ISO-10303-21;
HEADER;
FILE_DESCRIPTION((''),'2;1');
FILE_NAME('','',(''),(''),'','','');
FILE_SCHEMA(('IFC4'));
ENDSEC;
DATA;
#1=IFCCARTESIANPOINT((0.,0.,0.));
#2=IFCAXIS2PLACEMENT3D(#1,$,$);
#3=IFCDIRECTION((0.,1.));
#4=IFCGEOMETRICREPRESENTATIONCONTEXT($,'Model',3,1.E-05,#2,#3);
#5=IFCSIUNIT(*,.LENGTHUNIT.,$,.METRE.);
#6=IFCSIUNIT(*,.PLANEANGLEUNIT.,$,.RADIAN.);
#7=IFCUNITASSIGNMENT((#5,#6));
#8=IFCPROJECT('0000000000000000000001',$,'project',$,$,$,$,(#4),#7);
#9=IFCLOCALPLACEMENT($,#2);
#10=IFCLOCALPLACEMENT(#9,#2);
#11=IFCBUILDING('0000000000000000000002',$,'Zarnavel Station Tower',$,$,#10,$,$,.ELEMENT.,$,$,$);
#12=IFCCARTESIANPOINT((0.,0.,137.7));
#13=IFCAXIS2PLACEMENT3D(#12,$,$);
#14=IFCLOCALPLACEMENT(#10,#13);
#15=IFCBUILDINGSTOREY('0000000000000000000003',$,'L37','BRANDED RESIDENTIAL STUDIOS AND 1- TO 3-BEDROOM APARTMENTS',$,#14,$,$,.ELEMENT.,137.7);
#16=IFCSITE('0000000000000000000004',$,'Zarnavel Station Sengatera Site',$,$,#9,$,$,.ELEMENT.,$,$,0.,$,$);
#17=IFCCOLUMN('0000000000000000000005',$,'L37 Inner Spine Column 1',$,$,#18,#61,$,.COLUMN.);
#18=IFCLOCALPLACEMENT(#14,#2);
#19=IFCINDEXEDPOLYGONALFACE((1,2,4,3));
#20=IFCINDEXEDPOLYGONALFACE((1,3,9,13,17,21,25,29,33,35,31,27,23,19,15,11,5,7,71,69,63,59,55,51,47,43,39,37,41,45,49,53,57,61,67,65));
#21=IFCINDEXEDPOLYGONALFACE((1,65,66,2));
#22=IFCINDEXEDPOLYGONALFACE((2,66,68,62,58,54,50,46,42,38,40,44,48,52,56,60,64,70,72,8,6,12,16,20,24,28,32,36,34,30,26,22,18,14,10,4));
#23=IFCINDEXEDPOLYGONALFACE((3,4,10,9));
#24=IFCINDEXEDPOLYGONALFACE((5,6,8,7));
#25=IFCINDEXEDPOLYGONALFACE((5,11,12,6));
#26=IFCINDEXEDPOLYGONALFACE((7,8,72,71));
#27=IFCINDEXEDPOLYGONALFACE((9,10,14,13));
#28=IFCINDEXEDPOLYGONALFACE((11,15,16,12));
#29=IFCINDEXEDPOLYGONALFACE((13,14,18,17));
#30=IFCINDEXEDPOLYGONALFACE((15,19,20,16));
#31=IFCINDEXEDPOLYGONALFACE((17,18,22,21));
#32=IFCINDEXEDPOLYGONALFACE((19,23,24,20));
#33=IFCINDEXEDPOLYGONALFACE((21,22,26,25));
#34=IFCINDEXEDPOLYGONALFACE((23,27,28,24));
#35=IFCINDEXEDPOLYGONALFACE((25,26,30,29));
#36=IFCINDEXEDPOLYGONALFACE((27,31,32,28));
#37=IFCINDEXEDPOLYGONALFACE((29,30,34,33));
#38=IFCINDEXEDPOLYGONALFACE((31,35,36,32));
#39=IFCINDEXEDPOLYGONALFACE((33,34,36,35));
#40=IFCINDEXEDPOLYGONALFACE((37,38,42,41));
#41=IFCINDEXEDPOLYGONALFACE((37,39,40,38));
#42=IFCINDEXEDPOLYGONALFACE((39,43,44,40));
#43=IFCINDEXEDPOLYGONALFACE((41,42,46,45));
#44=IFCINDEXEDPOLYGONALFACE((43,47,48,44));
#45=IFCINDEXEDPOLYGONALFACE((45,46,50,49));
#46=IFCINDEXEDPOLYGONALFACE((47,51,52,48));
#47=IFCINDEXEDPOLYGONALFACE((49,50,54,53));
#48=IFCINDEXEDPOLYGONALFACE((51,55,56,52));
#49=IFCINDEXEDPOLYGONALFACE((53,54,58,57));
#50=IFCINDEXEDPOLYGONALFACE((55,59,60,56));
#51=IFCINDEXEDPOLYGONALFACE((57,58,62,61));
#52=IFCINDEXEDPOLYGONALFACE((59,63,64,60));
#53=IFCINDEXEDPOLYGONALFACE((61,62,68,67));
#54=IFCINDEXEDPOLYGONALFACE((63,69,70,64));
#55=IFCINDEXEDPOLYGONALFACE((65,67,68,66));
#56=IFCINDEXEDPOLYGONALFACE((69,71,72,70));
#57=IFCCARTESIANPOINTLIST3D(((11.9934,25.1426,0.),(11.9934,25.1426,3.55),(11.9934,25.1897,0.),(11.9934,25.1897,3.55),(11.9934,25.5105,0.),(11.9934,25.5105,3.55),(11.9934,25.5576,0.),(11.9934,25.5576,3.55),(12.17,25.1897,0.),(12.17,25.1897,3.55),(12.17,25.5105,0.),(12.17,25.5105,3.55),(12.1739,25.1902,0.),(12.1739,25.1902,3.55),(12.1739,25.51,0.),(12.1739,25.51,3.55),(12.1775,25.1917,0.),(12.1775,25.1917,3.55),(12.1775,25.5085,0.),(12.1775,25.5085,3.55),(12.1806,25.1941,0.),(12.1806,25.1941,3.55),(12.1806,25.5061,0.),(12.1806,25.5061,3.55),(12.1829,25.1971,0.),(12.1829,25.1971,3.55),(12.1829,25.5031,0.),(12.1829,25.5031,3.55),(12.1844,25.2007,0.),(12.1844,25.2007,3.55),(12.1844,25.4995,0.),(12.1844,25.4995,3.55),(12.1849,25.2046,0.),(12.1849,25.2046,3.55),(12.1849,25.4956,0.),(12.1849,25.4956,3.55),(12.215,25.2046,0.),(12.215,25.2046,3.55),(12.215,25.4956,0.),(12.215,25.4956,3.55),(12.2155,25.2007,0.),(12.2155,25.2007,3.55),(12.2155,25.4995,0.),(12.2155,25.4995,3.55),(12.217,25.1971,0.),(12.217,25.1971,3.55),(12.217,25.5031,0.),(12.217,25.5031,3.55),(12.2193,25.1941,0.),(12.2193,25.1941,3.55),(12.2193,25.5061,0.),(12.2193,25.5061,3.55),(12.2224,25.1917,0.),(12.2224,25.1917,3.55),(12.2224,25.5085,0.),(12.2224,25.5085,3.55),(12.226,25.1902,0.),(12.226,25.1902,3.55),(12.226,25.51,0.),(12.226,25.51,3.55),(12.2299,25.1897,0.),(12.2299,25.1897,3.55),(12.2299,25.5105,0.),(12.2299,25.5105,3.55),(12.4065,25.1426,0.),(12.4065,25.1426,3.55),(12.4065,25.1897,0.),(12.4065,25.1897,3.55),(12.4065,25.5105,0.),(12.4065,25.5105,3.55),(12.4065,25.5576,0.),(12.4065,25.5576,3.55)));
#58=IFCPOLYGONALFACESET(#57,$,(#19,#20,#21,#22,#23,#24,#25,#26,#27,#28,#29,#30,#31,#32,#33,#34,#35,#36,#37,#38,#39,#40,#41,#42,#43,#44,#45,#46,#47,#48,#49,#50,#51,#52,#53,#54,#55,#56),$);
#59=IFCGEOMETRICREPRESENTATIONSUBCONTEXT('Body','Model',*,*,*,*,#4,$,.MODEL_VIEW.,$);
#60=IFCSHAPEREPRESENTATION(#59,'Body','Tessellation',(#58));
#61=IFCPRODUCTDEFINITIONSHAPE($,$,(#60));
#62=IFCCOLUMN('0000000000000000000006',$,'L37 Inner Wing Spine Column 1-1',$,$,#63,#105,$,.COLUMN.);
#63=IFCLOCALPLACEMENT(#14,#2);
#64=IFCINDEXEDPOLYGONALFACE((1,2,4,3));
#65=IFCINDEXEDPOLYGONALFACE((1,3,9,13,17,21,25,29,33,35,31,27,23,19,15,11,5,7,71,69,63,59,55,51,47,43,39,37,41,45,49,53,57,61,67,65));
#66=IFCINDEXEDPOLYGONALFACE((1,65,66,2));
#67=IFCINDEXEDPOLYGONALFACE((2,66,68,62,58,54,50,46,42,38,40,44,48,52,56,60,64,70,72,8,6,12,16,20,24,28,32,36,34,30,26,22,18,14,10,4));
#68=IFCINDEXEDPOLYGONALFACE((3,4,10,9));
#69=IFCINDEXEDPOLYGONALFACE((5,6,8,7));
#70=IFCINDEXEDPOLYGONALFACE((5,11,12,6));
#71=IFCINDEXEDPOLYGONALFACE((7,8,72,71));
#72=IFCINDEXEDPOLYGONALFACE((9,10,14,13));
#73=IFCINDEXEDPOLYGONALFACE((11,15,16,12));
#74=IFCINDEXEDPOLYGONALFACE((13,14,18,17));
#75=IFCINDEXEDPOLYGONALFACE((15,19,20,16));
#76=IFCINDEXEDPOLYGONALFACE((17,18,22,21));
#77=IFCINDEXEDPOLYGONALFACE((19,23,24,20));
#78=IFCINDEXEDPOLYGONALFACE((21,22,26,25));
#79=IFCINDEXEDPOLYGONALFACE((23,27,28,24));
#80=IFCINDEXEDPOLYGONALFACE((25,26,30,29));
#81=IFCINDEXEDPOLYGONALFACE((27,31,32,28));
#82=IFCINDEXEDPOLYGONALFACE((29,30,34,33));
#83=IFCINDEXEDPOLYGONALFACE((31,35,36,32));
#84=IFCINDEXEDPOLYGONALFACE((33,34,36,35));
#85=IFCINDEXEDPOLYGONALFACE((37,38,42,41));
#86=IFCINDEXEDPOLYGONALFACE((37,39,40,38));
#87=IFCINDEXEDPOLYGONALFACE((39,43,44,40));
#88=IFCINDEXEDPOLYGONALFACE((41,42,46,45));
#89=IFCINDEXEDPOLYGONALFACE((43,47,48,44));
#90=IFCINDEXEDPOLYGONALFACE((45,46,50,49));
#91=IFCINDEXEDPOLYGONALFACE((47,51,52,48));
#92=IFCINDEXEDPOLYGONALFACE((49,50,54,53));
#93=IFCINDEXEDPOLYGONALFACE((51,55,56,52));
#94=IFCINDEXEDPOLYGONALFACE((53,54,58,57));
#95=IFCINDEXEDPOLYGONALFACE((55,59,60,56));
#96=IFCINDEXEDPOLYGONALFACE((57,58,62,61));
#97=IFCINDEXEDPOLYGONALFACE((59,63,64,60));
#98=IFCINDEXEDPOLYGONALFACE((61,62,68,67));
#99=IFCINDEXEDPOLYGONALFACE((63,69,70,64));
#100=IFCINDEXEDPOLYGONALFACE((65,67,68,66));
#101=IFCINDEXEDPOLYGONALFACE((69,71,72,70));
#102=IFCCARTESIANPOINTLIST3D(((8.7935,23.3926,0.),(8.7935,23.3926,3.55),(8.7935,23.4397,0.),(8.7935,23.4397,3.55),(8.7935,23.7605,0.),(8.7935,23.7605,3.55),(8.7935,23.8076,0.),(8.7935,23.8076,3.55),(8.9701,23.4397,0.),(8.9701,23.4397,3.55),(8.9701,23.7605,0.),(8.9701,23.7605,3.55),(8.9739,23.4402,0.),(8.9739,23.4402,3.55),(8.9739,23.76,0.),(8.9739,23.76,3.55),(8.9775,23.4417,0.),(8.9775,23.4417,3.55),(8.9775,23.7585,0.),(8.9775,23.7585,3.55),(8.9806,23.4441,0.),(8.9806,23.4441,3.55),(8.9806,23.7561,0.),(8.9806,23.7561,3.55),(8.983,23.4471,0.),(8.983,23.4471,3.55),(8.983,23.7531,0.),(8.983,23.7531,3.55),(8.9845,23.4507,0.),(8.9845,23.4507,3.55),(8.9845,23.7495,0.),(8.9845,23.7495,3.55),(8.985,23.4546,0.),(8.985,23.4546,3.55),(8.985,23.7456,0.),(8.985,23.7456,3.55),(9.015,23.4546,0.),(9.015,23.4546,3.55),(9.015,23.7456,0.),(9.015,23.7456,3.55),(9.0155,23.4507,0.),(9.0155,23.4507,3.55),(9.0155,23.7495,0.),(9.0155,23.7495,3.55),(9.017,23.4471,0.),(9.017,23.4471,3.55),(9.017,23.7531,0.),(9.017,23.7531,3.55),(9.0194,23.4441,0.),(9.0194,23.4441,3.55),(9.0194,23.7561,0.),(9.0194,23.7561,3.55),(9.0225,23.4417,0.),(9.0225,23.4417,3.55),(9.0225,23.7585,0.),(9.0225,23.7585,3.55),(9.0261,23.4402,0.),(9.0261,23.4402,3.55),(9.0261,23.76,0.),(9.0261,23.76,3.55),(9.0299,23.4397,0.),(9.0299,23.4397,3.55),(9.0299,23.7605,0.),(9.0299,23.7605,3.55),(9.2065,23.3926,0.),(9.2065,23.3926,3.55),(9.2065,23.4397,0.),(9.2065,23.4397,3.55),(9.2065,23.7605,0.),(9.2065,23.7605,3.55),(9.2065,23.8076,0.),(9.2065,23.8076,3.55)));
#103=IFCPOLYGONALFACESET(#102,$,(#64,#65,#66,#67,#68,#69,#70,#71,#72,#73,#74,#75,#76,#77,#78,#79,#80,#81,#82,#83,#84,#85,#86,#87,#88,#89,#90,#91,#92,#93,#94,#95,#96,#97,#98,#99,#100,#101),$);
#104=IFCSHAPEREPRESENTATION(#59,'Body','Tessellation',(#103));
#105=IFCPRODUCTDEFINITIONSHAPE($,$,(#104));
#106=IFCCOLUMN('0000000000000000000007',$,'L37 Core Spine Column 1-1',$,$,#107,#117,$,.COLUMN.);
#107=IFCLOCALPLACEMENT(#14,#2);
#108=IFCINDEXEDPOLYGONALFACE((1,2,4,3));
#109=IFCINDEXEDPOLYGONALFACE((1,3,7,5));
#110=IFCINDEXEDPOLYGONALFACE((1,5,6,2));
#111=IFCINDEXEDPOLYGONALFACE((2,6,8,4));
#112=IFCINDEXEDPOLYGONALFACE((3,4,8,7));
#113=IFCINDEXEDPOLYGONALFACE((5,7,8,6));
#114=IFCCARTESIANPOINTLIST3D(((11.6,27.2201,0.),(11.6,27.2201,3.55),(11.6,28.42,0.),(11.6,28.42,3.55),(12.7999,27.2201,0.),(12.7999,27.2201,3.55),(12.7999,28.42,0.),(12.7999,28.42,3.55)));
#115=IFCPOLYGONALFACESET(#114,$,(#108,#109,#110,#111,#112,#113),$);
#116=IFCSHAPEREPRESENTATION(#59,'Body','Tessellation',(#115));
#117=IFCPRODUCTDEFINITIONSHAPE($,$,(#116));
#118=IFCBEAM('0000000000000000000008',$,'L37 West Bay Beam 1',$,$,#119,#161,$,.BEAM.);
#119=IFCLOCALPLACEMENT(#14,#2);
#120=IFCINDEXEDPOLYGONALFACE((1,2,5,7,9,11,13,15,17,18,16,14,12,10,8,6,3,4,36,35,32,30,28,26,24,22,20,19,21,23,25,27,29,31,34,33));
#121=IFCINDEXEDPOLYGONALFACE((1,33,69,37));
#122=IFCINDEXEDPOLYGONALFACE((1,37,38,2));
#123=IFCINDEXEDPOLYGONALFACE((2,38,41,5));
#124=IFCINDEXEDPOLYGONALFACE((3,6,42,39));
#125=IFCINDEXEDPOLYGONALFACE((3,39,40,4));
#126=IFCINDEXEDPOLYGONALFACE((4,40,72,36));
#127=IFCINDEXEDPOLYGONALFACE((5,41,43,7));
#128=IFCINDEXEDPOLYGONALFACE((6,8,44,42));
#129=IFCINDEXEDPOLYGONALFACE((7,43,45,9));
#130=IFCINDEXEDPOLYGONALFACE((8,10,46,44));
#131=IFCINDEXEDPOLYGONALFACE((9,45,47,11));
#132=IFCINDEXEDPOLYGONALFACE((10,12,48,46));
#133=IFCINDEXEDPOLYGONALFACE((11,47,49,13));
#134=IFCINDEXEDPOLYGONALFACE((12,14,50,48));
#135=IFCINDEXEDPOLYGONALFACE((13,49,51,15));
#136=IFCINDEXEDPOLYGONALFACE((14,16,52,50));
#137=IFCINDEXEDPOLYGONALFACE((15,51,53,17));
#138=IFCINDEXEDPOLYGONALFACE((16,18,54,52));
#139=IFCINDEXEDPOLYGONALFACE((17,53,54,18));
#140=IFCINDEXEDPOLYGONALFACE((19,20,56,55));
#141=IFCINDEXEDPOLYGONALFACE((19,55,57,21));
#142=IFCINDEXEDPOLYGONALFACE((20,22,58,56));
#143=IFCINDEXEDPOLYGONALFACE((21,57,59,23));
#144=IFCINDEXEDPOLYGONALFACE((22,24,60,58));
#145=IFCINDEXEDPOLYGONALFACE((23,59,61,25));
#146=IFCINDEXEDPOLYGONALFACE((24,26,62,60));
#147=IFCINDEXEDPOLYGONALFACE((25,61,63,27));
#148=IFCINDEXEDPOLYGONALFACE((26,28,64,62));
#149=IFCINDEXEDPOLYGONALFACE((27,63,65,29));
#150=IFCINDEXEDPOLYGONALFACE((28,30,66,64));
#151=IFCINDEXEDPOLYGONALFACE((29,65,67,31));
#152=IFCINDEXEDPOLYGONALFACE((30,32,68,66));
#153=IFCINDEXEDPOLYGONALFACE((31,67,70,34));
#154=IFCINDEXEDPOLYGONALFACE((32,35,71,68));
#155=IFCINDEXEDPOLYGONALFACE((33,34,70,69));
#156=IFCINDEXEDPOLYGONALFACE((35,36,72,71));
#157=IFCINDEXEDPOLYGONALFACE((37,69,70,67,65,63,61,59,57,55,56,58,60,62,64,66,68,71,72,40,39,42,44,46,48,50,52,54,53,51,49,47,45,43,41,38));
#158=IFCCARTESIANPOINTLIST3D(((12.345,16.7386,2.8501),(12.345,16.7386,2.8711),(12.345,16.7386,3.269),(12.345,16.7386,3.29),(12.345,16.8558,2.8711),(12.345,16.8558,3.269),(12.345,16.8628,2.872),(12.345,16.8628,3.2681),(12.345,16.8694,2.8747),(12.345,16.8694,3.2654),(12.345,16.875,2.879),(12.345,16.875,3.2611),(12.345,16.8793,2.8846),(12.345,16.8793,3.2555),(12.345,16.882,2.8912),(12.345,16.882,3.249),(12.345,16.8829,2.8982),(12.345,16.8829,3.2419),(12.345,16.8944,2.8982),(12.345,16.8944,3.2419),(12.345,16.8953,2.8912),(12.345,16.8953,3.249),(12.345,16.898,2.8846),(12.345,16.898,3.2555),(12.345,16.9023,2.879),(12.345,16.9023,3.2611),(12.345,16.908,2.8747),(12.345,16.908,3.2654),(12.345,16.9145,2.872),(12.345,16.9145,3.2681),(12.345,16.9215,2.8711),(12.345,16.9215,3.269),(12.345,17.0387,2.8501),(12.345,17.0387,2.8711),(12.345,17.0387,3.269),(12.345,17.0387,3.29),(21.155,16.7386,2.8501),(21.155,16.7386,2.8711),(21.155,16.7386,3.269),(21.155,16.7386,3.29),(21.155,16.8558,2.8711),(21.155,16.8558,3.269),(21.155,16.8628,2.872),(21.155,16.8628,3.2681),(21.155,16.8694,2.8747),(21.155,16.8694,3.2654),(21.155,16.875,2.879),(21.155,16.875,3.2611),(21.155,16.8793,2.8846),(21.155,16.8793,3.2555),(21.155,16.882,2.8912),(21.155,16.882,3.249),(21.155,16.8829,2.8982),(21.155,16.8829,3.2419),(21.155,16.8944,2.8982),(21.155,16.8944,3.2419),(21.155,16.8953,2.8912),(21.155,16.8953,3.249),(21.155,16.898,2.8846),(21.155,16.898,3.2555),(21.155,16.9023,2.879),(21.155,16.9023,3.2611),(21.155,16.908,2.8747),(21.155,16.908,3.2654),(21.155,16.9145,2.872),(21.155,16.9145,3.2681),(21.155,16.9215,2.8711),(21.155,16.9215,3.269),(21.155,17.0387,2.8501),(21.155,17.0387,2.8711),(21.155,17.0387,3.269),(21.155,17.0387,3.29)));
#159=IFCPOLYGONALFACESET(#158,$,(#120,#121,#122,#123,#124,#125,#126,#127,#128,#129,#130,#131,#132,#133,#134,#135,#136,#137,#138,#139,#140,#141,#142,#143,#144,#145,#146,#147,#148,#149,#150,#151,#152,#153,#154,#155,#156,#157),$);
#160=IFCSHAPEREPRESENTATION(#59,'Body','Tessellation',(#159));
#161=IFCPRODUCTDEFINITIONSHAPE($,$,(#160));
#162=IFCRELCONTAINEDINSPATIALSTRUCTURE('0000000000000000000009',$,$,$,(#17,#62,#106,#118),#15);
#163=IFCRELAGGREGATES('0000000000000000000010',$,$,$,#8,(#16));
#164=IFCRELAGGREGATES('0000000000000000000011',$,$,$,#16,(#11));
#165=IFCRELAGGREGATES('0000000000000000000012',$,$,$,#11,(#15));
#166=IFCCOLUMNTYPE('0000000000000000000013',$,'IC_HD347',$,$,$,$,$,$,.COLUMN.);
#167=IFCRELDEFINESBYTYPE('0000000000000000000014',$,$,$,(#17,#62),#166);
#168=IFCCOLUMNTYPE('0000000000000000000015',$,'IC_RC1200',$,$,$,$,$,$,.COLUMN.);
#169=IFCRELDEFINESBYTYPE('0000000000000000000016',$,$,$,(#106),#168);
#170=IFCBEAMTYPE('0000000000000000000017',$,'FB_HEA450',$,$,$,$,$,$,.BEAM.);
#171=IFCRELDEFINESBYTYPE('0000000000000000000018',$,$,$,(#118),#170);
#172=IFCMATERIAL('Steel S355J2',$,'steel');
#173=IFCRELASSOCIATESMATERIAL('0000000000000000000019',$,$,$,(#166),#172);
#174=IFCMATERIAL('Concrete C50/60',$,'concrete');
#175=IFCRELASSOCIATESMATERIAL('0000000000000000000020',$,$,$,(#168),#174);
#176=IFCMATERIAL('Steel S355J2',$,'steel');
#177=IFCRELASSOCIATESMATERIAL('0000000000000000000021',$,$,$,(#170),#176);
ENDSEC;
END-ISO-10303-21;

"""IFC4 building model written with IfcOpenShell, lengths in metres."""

from ifc_helpers import new_model, si_unit, direction, frame, origin, origin_2d, place, context, subcontext, project, spatial, rectangle, i_section, extrude, material, material_profile, profile_set, type_object, element, save


model = new_model("IFC4")

# Units and contexts
model_context = context("Model", 3, precision=1e-05, world=origin(), true_north=direction((0.0, 1.0)))
body_context = subcontext(model_context, "Body", "Model", "MODEL_VIEW")
ifc_project = project(units=[si_unit("LENGTHUNIT", "METRE"), si_unit("PLANEANGLEUNIT", "RADIAN")], contexts=[model_context])

# Site, building, storey
site_placement = place(None, origin())
site = spatial("IfcSite", under=ifc_project, at=site_placement, Name="Zarnavel Station Sengatera Site", CompositionType="ELEMENT", RefElevation=0.0)
building_placement = place(site_placement, origin())
building = spatial("IfcBuilding", under=site, at=building_placement, Name="Zarnavel Station Tower", CompositionType="ELEMENT")
storey_placement = place(building_placement, frame((0.0, 0.0, 137.7)))
storey = spatial("IfcBuildingStorey", under=building, at=storey_placement, Name="L37", Description="BRANDED RESIDENTIAL STUDIOS AND 1- TO 3-BEDROOM APARTMENTS", CompositionType="ELEMENT", Elevation=137.7)

# Columns
ifc_material_1 = material(Name="Steel S355J2", Category="steel")
ifc_material_profile_1 = material_profile(ifc_material_1, i_section(OverallWidth=0.4131, OverallDepth=0.415, WebThickness=0.03, FlangeThickness=0.0471, FilletRadius=0.0149, at=origin_2d()), Name="HD400x347")
ifc_profile_set_1 = profile_set([ifc_material_profile_1], Name="Steel S355J2")
column_type_1 = type_object("IfcColumnType", Name="IC_HD347", PredefinedType="COLUMN", material=ifc_profile_set_1)
for number, where, z_axis, x_axis, name in (
    (1, (12.2, 25.3501, 0.0), (0.0, 0.0, 1.0), (1.0, 0.0, 0.0), "L37 Inner Spine Column 1"),
    (2, (9.0, 23.6001, 0.0), (0.0, 0.0, 1.0), (1.0, 0.0, 0.0), "L37 Inner Wing Spine Column 1-1"),
):
    element("IfcColumn", number, at=place(storey_placement, frame(where, z_axis=z_axis, x_axis=x_axis)), inside=storey, type_object=column_type_1, Name=name, PredefinedType="COLUMN", context=body_context, shape_type="SweptSolid", body=[
        extrude(i_section(OverallWidth=0.4131, OverallDepth=0.415, WebThickness=0.03, FlangeThickness=0.0471, FilletRadius=0.0149, at=origin_2d()), origin(), (0.0, 0.0, 1.0), 3.55),
    ])
ifc_material_2 = material(Name="Concrete C50/60", Category="concrete")
ifc_material_profile_2 = material_profile(ifc_material_2, rectangle(XDim=1.2, YDim=1.2, at=origin_2d()), Name="RC1200x1200")
ifc_profile_set_2 = profile_set([ifc_material_profile_2], Name="Concrete C50/60")
column_type_2 = type_object("IfcColumnType", Name="IC_RC1200", PredefinedType="COLUMN", material=ifc_profile_set_2)
column_placement = place(storey_placement, frame((12.2, 27.8201, 0.0), z_axis=(0.0, 0.0, 1.0), x_axis=(1.0, 0.0, 0.0)))
element("IfcColumn", 3, at=column_placement, inside=storey, type_object=column_type_2, Name="L37 Core Spine Column 1-1", PredefinedType="COLUMN", context=body_context, shape_type="SweptSolid", body=[
    extrude(rectangle(XDim=1.2, YDim=1.2, at=origin_2d()), origin(), (0.0, 0.0, 1.0), 3.55),
])

# Beam
ifc_material_3 = material(Name="Steel S355J2", Category="steel")
ifc_material_profile_3 = material_profile(ifc_material_3, i_section(OverallWidth=0.3, OverallDepth=0.4399, WebThickness=0.0115, FlangeThickness=0.021, FilletRadius=0.0271, at=origin_2d()), Name="HEA450")
ifc_profile_set_3 = profile_set([ifc_material_profile_3], Name="Steel S355J2")
beam_type_1 = type_object("IfcBeamType", Name="FB_HEA450", PredefinedType="BEAM", material=ifc_profile_set_3)
beam_1_placement = place(storey_placement, frame((12.345, 16.8887, 3.0701), z_axis=(1.0, 0.0, 0.0), x_axis=(0.0, 1.0, 0.0)))
element("IfcBeam", 4, at=beam_1_placement, inside=storey, type_object=beam_type_1, Name="L37 West Bay Beam 1", PredefinedType="BEAM", context=body_context, shape_type="SweptSolid", body=[
    extrude(i_section(OverallWidth=0.3, OverallDepth=0.4399, WebThickness=0.0115, FlangeThickness=0.021, FilletRadius=0.0271, at=origin_2d()), origin(), (0.0, 0.0, 1.0), 8.8101),
])

save(model, "model.ifc")
